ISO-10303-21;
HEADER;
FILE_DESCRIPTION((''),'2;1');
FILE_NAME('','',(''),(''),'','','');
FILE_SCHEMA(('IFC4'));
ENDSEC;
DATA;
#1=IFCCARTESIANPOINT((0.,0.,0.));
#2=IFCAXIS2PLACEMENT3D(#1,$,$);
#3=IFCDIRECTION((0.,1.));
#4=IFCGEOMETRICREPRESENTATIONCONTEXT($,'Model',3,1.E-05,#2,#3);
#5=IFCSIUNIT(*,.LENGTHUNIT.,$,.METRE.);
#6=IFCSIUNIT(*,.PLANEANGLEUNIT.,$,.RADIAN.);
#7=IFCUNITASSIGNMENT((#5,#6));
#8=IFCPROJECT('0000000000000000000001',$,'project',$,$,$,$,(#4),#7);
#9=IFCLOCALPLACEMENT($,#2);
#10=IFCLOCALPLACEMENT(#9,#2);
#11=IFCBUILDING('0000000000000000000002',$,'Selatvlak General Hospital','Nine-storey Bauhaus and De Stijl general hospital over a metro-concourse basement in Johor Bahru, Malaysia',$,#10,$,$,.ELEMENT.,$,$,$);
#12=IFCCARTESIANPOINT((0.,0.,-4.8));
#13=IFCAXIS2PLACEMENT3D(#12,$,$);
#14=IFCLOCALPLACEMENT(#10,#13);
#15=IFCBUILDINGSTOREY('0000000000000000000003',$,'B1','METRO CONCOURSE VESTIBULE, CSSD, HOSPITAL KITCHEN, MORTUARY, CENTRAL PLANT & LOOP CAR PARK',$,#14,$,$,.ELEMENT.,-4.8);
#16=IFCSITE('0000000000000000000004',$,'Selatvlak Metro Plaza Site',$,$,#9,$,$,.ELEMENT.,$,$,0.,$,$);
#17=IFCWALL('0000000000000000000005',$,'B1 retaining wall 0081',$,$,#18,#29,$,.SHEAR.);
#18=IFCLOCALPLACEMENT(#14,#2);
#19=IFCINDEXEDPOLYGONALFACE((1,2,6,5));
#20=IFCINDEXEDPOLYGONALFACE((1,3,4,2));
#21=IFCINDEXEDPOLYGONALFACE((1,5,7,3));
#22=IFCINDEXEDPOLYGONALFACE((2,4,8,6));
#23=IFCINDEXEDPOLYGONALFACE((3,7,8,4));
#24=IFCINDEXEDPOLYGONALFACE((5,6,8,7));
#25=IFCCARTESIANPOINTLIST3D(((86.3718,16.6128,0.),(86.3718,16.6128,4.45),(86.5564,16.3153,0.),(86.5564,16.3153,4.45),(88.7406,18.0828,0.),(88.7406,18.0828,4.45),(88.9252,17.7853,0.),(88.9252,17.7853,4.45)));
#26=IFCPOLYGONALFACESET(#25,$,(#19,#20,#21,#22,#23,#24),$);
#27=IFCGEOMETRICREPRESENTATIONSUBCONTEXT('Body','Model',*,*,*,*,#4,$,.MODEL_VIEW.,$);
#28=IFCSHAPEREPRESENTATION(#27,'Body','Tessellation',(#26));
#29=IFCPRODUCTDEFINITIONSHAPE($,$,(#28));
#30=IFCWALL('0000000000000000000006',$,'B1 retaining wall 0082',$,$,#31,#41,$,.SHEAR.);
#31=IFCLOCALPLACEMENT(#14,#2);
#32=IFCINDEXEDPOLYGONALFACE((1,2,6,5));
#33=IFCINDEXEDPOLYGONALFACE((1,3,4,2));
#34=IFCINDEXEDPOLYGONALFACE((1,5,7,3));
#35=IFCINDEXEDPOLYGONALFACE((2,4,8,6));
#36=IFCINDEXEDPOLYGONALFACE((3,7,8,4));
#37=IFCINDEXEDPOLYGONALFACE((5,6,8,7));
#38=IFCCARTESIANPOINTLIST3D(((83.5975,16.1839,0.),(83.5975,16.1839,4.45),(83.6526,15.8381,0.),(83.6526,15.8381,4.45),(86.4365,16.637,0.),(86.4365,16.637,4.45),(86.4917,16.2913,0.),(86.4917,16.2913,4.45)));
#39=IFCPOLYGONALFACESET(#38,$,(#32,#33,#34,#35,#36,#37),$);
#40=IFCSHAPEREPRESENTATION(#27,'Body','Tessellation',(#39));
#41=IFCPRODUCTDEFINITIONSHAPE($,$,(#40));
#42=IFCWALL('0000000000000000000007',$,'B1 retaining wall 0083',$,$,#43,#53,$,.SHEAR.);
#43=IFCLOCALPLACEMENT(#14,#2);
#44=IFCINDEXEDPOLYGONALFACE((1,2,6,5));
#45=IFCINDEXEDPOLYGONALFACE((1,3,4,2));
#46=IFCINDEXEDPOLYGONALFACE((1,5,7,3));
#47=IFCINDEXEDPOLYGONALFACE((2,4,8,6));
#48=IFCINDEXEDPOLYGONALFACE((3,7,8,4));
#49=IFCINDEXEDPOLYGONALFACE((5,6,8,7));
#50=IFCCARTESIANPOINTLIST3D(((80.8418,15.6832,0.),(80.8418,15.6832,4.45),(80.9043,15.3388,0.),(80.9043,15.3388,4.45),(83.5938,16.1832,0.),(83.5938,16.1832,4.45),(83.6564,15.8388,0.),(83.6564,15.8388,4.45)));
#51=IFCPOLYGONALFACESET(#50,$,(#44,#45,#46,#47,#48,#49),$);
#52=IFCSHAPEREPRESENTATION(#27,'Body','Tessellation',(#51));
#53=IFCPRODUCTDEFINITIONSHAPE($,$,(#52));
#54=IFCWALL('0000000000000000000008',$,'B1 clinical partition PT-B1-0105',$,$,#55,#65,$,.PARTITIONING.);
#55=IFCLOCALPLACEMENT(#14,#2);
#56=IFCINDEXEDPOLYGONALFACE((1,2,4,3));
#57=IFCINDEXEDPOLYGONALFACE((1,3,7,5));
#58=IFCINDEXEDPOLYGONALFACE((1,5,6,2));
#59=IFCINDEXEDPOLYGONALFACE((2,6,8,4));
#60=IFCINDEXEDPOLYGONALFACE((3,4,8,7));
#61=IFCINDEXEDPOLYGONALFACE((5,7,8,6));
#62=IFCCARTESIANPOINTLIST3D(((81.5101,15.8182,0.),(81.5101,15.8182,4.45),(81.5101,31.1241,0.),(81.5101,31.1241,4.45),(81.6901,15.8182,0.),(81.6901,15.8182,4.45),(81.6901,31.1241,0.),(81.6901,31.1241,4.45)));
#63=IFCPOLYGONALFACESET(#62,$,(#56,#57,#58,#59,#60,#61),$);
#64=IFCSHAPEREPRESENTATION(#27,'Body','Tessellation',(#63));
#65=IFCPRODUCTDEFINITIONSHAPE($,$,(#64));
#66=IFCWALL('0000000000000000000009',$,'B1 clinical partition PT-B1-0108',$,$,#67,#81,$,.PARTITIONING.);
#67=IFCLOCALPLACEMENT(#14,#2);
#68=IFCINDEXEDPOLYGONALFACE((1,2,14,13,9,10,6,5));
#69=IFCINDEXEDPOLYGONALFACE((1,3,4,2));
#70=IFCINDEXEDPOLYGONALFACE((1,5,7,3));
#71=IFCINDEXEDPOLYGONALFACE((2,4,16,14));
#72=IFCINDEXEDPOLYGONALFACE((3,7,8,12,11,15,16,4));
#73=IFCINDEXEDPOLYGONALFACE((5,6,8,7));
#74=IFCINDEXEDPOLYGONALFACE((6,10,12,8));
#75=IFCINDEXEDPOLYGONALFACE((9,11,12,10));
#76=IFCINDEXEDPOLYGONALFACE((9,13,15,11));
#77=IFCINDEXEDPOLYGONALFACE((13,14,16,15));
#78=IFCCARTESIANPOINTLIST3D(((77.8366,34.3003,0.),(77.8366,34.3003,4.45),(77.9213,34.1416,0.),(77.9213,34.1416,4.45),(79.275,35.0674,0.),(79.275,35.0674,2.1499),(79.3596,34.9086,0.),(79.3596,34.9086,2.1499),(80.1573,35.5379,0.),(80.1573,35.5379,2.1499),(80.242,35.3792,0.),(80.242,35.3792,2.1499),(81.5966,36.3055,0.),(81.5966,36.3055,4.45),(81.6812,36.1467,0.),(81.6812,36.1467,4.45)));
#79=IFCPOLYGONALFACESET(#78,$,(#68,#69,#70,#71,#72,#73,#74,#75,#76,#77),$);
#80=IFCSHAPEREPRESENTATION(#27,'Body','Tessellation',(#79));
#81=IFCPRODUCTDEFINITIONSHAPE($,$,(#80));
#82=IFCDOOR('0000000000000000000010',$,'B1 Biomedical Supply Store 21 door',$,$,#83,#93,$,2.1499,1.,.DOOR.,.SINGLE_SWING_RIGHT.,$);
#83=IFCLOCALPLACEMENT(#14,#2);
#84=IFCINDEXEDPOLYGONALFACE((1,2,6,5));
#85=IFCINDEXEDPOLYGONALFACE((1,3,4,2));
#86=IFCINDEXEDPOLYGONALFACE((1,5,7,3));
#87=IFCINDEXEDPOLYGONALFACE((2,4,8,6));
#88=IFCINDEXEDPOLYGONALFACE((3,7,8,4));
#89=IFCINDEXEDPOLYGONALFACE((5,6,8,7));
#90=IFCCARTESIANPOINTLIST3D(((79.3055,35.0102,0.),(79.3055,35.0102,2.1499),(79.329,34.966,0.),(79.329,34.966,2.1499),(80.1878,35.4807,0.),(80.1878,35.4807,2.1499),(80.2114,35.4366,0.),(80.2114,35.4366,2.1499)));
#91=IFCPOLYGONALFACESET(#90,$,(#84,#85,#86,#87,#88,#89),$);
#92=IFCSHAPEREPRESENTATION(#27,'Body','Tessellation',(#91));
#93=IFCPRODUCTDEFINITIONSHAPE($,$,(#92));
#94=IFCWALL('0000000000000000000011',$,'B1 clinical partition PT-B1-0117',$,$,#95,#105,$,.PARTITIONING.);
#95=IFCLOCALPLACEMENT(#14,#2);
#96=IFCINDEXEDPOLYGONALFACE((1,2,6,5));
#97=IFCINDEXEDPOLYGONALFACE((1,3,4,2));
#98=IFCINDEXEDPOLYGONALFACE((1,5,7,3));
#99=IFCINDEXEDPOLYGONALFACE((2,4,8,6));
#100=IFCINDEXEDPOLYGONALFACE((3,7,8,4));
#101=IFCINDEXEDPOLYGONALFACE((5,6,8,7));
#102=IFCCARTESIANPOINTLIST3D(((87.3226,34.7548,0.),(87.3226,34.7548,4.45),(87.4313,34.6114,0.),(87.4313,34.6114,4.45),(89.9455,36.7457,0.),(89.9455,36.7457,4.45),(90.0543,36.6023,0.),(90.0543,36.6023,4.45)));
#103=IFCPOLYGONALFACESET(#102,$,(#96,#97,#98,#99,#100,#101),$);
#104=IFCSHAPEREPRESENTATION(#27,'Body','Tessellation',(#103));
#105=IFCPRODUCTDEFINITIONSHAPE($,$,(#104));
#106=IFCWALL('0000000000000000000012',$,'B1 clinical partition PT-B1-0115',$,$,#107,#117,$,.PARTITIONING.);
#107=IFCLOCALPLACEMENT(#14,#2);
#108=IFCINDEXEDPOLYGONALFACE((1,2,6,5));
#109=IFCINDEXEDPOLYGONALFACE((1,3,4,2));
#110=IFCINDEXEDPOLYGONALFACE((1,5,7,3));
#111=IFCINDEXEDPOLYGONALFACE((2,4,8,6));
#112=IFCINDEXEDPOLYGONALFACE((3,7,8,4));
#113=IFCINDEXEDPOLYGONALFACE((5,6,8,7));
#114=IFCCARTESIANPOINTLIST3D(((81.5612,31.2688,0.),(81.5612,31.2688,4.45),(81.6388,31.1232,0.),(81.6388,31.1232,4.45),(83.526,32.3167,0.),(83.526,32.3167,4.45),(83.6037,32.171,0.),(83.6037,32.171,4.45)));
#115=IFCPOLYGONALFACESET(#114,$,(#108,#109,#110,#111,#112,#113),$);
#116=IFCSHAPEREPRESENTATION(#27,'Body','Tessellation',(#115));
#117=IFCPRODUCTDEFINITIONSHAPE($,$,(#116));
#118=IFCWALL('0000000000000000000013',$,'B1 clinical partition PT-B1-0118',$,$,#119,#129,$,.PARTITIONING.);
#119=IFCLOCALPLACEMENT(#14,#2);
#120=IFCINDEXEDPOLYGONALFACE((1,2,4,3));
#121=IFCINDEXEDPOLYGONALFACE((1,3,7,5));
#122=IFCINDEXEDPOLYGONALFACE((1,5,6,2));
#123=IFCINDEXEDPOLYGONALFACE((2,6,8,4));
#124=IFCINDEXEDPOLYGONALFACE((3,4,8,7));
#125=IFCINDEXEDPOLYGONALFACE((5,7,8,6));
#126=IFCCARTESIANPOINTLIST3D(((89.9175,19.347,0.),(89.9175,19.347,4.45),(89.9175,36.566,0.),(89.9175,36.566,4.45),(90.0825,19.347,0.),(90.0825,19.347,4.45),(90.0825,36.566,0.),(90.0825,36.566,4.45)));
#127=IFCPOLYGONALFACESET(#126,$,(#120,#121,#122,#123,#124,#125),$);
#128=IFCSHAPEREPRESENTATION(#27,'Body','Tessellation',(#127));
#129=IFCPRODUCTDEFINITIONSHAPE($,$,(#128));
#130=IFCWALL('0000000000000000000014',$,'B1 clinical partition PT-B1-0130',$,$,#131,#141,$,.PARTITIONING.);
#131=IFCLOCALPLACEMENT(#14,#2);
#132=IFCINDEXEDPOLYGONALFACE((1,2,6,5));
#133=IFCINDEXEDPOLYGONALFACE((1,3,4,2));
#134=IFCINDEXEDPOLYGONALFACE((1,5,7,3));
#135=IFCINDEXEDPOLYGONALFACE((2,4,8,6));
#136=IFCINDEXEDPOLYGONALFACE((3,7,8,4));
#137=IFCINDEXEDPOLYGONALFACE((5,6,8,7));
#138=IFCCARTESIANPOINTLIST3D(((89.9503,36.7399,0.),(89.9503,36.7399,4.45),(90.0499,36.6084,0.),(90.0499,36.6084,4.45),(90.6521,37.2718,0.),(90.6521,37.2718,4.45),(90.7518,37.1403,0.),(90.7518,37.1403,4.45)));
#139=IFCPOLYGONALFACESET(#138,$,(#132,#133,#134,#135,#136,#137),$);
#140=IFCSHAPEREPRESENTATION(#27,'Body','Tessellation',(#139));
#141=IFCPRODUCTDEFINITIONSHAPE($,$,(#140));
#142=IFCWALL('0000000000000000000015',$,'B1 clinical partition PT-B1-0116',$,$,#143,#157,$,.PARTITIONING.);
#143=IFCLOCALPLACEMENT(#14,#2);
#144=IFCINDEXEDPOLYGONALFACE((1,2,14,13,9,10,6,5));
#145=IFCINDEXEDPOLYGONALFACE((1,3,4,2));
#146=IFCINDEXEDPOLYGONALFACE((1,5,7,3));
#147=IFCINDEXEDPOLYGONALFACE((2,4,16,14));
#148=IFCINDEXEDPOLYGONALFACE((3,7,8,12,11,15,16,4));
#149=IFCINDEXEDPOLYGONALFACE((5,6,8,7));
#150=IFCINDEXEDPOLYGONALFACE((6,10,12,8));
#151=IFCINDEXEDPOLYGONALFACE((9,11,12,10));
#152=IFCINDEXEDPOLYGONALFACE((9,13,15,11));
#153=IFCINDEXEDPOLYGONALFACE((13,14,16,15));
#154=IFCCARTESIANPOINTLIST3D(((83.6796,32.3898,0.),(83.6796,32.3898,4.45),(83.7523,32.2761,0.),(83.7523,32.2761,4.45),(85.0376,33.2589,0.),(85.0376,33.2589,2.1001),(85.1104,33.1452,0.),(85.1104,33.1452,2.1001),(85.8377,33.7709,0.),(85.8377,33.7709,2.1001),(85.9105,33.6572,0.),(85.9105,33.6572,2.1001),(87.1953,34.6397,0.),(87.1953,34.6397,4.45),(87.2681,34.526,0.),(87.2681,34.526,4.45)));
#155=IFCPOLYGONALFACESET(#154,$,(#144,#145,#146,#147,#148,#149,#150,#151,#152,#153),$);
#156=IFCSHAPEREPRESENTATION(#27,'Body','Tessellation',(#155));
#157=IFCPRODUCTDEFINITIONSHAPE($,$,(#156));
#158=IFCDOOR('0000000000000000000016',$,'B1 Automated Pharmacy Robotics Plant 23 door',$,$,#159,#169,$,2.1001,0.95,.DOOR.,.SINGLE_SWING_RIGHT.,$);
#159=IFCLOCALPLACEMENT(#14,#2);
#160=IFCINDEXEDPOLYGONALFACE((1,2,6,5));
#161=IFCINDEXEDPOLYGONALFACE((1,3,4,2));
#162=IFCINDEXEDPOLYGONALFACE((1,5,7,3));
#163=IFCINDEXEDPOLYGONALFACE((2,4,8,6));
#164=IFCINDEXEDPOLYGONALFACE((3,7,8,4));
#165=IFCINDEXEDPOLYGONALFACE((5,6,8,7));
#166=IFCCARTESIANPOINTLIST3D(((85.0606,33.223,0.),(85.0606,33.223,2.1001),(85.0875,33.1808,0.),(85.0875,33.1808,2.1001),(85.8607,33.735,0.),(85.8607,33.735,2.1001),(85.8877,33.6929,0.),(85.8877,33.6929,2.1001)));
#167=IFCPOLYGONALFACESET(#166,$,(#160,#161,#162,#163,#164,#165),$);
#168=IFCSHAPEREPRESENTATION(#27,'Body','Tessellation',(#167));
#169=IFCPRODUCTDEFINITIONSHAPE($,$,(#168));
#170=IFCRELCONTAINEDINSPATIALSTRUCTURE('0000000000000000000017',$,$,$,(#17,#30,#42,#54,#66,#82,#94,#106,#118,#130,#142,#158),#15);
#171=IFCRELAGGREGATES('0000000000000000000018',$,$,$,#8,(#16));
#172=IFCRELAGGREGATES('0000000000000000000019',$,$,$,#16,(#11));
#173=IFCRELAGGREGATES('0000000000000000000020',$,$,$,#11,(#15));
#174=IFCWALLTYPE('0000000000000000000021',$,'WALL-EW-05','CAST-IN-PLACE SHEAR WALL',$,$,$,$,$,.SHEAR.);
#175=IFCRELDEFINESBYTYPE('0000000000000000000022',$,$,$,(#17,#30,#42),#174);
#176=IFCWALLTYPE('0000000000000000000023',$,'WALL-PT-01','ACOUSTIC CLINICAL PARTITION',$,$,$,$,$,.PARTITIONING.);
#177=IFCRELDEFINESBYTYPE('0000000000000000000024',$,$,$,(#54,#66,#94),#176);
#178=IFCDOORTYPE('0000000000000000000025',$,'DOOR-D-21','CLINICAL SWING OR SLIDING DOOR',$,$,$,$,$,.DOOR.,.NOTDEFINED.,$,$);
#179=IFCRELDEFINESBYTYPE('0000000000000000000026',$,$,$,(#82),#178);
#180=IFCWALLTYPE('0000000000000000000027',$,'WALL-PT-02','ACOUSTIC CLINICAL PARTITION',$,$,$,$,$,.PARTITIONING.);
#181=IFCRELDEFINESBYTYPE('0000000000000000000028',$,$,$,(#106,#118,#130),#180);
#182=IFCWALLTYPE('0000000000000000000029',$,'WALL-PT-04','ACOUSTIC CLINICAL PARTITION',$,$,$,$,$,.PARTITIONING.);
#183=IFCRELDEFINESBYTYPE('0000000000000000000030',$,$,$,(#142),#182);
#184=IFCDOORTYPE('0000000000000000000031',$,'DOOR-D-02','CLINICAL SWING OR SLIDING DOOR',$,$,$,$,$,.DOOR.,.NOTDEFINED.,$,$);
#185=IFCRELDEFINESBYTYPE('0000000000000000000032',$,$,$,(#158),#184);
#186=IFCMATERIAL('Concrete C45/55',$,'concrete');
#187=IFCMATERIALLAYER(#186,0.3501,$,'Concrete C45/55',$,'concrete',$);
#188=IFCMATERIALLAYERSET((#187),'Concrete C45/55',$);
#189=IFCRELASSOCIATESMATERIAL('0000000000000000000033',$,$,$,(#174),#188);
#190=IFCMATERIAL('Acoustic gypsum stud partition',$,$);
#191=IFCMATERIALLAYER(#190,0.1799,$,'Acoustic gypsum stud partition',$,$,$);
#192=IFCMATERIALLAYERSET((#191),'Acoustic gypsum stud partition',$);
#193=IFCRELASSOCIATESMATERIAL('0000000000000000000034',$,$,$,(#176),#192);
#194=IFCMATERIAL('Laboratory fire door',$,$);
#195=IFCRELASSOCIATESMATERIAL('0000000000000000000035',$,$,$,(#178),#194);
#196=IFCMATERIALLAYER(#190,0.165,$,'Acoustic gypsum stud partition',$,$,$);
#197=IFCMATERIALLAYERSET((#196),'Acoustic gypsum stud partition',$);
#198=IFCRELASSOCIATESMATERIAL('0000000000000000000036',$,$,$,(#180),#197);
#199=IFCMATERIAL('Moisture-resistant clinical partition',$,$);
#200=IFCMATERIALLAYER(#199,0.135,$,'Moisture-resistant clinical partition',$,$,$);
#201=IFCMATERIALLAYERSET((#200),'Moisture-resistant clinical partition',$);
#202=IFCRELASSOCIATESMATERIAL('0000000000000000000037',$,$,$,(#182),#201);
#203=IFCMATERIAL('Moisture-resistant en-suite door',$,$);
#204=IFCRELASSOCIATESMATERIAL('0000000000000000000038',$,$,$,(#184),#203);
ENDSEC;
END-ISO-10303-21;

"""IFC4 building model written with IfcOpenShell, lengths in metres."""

from ifc_helpers import new_model, si_unit, direction, frame, frame_2d, origin, place, context, subcontext, project, spatial, rectangle, extrude, material, layer, layer_set, type_object, element, fill, save


model = new_model("IFC4")

# Units and contexts
model_context = context("Model", 3, precision=1e-05, world=origin(), true_north=direction((0.0, 1.0)))
body_context = subcontext(model_context, "Body", "Model", "MODEL_VIEW")
ifc_project = project(units=[si_unit("LENGTHUNIT", "METRE"), si_unit("PLANEANGLEUNIT", "RADIAN")], contexts=[model_context])

# Site, building, storey
site_placement = place(None, origin())
site = spatial("IfcSite", under=ifc_project, at=site_placement, Name="Selatvlak Metro Plaza Site", CompositionType="ELEMENT", RefElevation=0.0)
building_placement = place(site_placement, origin())
building = spatial("IfcBuilding", under=site, at=building_placement, Name="Selatvlak General Hospital", Description="Nine-storey Bauhaus and De Stijl general hospital over a metro-concourse basement in Johor Bahru, Malaysia", CompositionType="ELEMENT")
storey_placement = place(building_placement, frame((0.0, 0.0, -4.8)))
storey = spatial("IfcBuildingStorey", under=building, at=storey_placement, Name="B1", Description="METRO CONCOURSE VESTIBULE, CSSD, HOSPITAL KITCHEN, MORTUARY, CENTRAL PLANT & LOOP CAR PARK", CompositionType="ELEMENT", Elevation=-4.8)

# Walls
ifc_material_1 = material(Name="Concrete C45/55", Category="concrete")
ifc_layer_1 = layer(ifc_material_1, 0.3501, Name="Concrete C45/55", Category="concrete")
ifc_layer_set_1 = layer_set([ifc_layer_1], Name="Concrete C45/55")
wall_type_1 = type_object("IfcWallType", Name="WALL-EW-05", Description="CAST-IN-PLACE SHEAR WALL", PredefinedType="SHEAR", material=ifc_layer_set_1)
wall_1_placement = place(storey_placement, frame((88.833, 17.9341, 0.0), z_axis=(0.0, 0.0, 1.0), x_axis=(-0.849701, -0.527265, 0.0)))
element("IfcWall", 1, at=wall_1_placement, inside=storey, type_object=wall_type_1, Name="B1 retaining wall 0081", PredefinedType="SHEAR", context=body_context, shape_type="SweptSolid", body=[
    extrude(rectangle(XDim=2.7878, YDim=0.3501, at=frame_2d((1.394, 0.0))), origin(), (0.0, 0.0, 1.0), 4.45),
])
wall_2_placement = place(storey_placement, frame((86.4641, 16.4641, 0.0), z_axis=(0.0, 0.0, 1.0), x_axis=(-0.987502, -0.157606, 0.0)))
element("IfcWall", 2, at=wall_2_placement, inside=storey, type_object=wall_type_1, Name="B1 retaining wall 0082", PredefinedType="SHEAR", context=body_context, shape_type="SweptSolid", body=[
    extrude(rectangle(XDim=2.875, YDim=0.3501, at=frame_2d((1.4375, 0.0))), origin(), (0.0, 0.0, 1.0), 4.45),
])
wall_3_placement = place(storey_placement, frame((83.625, 16.011, 0.0), z_axis=(0.0, 0.0, 1.0), x_axis=(-0.983892, -0.178763, 0.0)))
element("IfcWall", 3, at=wall_3_placement, inside=storey, type_object=wall_type_1, Name="B1 retaining wall 0083", PredefinedType="SHEAR", context=body_context, shape_type="SweptSolid", body=[
    extrude(rectangle(XDim=2.7971, YDim=0.3501, at=frame_2d((1.3984, 0.0))), origin(), (0.0, 0.0, 1.0), 4.45),
])
ifc_material_2 = material(Name="Acoustic gypsum stud partition")
ifc_layer_2 = layer(ifc_material_2, 0.1799, Name="Acoustic gypsum stud partition")
ifc_layer_set_2 = layer_set([ifc_layer_2], Name="Acoustic gypsum stud partition")
wall_type_2 = type_object("IfcWallType", Name="WALL-PT-01", Description="ACOUSTIC CLINICAL PARTITION", PredefinedType="PARTITIONING", material=ifc_layer_set_2)
wall_4_placement = place(storey_placement, frame((81.6001, 31.124, 0.0), z_axis=(0.0, 0.0, 1.0), x_axis=(0.0, -1.0, 0.0)))
element("IfcWall", 4, at=wall_4_placement, inside=storey, type_object=wall_type_2, Name="B1 clinical partition PT-B1-0105", PredefinedType="PARTITIONING", context=body_context, shape_type="SweptSolid", body=[
    extrude(rectangle(XDim=15.3059, YDim=0.1799, at=frame_2d((7.6528, 0.0))), origin(), (0.0, 0.0, 1.0), 4.45),
])

# Wall, opening, door
wall_5_placement = place(storey_placement, frame((81.6389, 36.2261, 0.0), z_axis=(0.0, 0.0, 1.0), x_axis=(-0.882374, -0.47055, 0.0)))
wall_5 = element("IfcWall", 5, at=wall_5_placement, inside=storey, type_object=wall_type_2, Name="B1 clinical partition PT-B1-0108", PredefinedType="PARTITIONING", context=body_context, shape_type="SweptSolid", body=[
    extrude(rectangle(XDim=4.2612, YDim=0.1799, at=frame_2d((2.1306, 0.0))), origin(), (0.0, 0.0, 1.0), 4.45),
])
opening_1_placement = place(wall_5_placement, frame((1.6311, 0.0, 0.0)))
opening_1 = element("IfcOpeningElement", 6, at=opening_1_placement, cuts=wall_5, PredefinedType="OPENING", context=body_context, shape_type="SweptSolid", body=[
    extrude(rectangle(XDim=1.0, YDim=2.1499, at=frame_2d((0.5, 1.075))), frame((0.0, 0.0999, 0.0), z_axis=(0.0, -1.0, 0.0), x_axis=(1.0, 0.0, 0.0)), (0.0, 0.0, 1.0), 0.2),
])
ifc_material_3 = material(Name="Laboratory fire door")
door_type_1 = type_object("IfcDoorType", Name="DOOR-D-21", Description="CLINICAL SWING OR SLIDING DOOR", OperationType="NOTDEFINED", PredefinedType="DOOR", material=ifc_material_3)
door_1_placement = place(opening_1_placement, origin())
door_1 = element("IfcDoor", 7, at=door_1_placement, inside=storey, type_object=door_type_1, Name="B1 Biomedical Supply Store 21 door", OperationType="SINGLE_SWING_RIGHT", OverallHeight=2.1499, OverallWidth=1.0, PredefinedType="DOOR", context=body_context, shape_type="SweptSolid", body=[
    extrude(rectangle(XDim=1.0, YDim=2.1499, at=frame_2d((0.5, 1.075))), frame((0.0, 0.0249, 0.0), z_axis=(0.0, -1.0, 0.0), x_axis=(1.0, 0.0, 0.0)), (0.0, 0.0, 1.0), 0.05),
])
fill(opening_1, door_1)

# Walls
wall_6_placement = place(storey_placement, frame((87.377, 34.6831, 0.0), z_axis=(0.0, 0.0, 1.0), x_axis=(0.796535, 0.604593, 0.0)))
element("IfcWall", 8, at=wall_6_placement, inside=storey, type_object=wall_type_2, Name="B1 clinical partition PT-B1-0117", PredefinedType="PARTITIONING", context=body_context, shape_type="SweptSolid", body=[
    extrude(rectangle(XDim=3.293, YDim=0.1799, at=frame_2d((1.6465, 0.0))), origin(), (0.0, 0.0, 1.0), 4.45),
])
ifc_layer_3 = layer(ifc_material_2, 0.165, Name="Acoustic gypsum stud partition")
ifc_layer_set_3 = layer_set([ifc_layer_3], Name="Acoustic gypsum stud partition")
wall_type_3 = type_object("IfcWallType", Name="WALL-PT-02", Description="ACOUSTIC CLINICAL PARTITION", PredefinedType="PARTITIONING", material=ifc_layer_set_3)
wall_7_placement = place(storey_placement, frame((81.6001, 31.196, 0.0), z_axis=(0.0, 0.0, 1.0), x_axis=(0.882365, 0.470565, 0.0)))
element("IfcWall", 9, at=wall_7_placement, inside=storey, type_object=wall_type_3, Name="B1 clinical partition PT-B1-0115", PredefinedType="PARTITIONING", context=body_context, shape_type="SweptSolid", body=[
    extrude(rectangle(XDim=2.2268, YDim=0.165, at=frame_2d((1.1133, 0.0))), origin(), (0.0, 0.0, 1.0), 4.45),
])
wall_8_placement = place(storey_placement, frame((90.0, 36.5659, 0.0), z_axis=(0.0, 0.0, 1.0), x_axis=(0.0, -1.0, 0.0)))
element("IfcWall", 10, at=wall_8_placement, inside=storey, type_object=wall_type_3, Name="B1 clinical partition PT-B1-0118", PredefinedType="PARTITIONING", context=body_context, shape_type="SweptSolid", body=[
    extrude(rectangle(XDim=17.219, YDim=0.165, at=frame_2d((8.6094, 0.0))), origin(), (0.0, 0.0, 1.0), 4.45),
])

# Wall
wall_9_placement = place(storey_placement, frame((90.0, 36.6741, 0.0), z_axis=(0.0, 0.0, 1.0), x_axis=(0.796963, 0.604028, 0.0)))
element("IfcWall", 11, at=wall_9_placement, inside=storey, type_object=wall_type_3, Name="B1 clinical partition PT-B1-0130", PredefinedType="PARTITIONING", context=body_context, shape_type="SweptSolid", body=[
    extrude(rectangle(XDim=0.8806, YDim=0.165, at=frame_2d((0.4404, 0.0))), origin(), (0.0, 0.0, 1.0), 4.45),
])

# Wall, opening, door
ifc_material_4 = material(Name="Moisture-resistant clinical partition")
ifc_layer_4 = layer(ifc_material_4, 0.135, Name="Moisture-resistant clinical partition")
ifc_layer_set_4 = layer_set([ifc_layer_4], Name="Moisture-resistant clinical partition")
wall_type_4 = type_object("IfcWallType", Name="WALL-PT-04", Description="ACOUSTIC CLINICAL PARTITION", PredefinedType="PARTITIONING", material=ifc_layer_set_4)
wall_10_placement = place(storey_placement, frame((83.7161, 32.333, 0.0), z_axis=(0.0, 0.0, 1.0), x_axis=(0.842288, 0.539027, 0.0)))
wall_10 = element("IfcWall", 12, at=wall_10_placement, inside=storey, type_object=wall_type_4, Name="B1 clinical partition PT-B1-0116", PredefinedType="PARTITIONING", context=body_context, shape_type="SweptSolid", body=[
    extrude(rectangle(XDim=4.1741, YDim=0.135, at=frame_2d((2.0869, 0.0))), origin(), (0.0, 0.0, 1.0), 4.45),
])
opening_2_placement = place(wall_10_placement, frame((1.6121, 0.0, 0.0)))
opening_2 = element("IfcOpeningElement", 13, at=opening_2_placement, cuts=wall_10, PredefinedType="OPENING", context=body_context, shape_type="SweptSolid", body=[
    extrude(rectangle(XDim=0.95, YDim=2.1001, at=frame_2d((0.4751, 1.05))), frame((0.0, 0.0774, 0.0), z_axis=(0.0, -1.0, 0.0), x_axis=(1.0, 0.0, 0.0)), (0.0, 0.0, 1.0), 0.155),
])
ifc_material_5 = material(Name="Moisture-resistant en-suite door")
door_type_2 = type_object("IfcDoorType", Name="DOOR-D-02", Description="CLINICAL SWING OR SLIDING DOOR", OperationType="NOTDEFINED", PredefinedType="DOOR", material=ifc_material_5)
door_2_placement = place(opening_2_placement, origin())
door_2 = element("IfcDoor", 14, at=door_2_placement, inside=storey, type_object=door_type_2, Name="B1 Automated Pharmacy Robotics Plant 23 door", OperationType="SINGLE_SWING_RIGHT", OverallHeight=2.1001, OverallWidth=0.95, PredefinedType="DOOR", context=body_context, shape_type="SweptSolid", body=[
    extrude(rectangle(XDim=0.95, YDim=2.1001, at=frame_2d((0.4751, 1.05))), frame((0.0, 0.0249, 0.0), z_axis=(0.0, -1.0, 0.0), x_axis=(1.0, 0.0, 0.0)), (0.0, 0.0, 1.0), 0.05),
])
fill(opening_2, door_2)

save(model, "model.ifc")
